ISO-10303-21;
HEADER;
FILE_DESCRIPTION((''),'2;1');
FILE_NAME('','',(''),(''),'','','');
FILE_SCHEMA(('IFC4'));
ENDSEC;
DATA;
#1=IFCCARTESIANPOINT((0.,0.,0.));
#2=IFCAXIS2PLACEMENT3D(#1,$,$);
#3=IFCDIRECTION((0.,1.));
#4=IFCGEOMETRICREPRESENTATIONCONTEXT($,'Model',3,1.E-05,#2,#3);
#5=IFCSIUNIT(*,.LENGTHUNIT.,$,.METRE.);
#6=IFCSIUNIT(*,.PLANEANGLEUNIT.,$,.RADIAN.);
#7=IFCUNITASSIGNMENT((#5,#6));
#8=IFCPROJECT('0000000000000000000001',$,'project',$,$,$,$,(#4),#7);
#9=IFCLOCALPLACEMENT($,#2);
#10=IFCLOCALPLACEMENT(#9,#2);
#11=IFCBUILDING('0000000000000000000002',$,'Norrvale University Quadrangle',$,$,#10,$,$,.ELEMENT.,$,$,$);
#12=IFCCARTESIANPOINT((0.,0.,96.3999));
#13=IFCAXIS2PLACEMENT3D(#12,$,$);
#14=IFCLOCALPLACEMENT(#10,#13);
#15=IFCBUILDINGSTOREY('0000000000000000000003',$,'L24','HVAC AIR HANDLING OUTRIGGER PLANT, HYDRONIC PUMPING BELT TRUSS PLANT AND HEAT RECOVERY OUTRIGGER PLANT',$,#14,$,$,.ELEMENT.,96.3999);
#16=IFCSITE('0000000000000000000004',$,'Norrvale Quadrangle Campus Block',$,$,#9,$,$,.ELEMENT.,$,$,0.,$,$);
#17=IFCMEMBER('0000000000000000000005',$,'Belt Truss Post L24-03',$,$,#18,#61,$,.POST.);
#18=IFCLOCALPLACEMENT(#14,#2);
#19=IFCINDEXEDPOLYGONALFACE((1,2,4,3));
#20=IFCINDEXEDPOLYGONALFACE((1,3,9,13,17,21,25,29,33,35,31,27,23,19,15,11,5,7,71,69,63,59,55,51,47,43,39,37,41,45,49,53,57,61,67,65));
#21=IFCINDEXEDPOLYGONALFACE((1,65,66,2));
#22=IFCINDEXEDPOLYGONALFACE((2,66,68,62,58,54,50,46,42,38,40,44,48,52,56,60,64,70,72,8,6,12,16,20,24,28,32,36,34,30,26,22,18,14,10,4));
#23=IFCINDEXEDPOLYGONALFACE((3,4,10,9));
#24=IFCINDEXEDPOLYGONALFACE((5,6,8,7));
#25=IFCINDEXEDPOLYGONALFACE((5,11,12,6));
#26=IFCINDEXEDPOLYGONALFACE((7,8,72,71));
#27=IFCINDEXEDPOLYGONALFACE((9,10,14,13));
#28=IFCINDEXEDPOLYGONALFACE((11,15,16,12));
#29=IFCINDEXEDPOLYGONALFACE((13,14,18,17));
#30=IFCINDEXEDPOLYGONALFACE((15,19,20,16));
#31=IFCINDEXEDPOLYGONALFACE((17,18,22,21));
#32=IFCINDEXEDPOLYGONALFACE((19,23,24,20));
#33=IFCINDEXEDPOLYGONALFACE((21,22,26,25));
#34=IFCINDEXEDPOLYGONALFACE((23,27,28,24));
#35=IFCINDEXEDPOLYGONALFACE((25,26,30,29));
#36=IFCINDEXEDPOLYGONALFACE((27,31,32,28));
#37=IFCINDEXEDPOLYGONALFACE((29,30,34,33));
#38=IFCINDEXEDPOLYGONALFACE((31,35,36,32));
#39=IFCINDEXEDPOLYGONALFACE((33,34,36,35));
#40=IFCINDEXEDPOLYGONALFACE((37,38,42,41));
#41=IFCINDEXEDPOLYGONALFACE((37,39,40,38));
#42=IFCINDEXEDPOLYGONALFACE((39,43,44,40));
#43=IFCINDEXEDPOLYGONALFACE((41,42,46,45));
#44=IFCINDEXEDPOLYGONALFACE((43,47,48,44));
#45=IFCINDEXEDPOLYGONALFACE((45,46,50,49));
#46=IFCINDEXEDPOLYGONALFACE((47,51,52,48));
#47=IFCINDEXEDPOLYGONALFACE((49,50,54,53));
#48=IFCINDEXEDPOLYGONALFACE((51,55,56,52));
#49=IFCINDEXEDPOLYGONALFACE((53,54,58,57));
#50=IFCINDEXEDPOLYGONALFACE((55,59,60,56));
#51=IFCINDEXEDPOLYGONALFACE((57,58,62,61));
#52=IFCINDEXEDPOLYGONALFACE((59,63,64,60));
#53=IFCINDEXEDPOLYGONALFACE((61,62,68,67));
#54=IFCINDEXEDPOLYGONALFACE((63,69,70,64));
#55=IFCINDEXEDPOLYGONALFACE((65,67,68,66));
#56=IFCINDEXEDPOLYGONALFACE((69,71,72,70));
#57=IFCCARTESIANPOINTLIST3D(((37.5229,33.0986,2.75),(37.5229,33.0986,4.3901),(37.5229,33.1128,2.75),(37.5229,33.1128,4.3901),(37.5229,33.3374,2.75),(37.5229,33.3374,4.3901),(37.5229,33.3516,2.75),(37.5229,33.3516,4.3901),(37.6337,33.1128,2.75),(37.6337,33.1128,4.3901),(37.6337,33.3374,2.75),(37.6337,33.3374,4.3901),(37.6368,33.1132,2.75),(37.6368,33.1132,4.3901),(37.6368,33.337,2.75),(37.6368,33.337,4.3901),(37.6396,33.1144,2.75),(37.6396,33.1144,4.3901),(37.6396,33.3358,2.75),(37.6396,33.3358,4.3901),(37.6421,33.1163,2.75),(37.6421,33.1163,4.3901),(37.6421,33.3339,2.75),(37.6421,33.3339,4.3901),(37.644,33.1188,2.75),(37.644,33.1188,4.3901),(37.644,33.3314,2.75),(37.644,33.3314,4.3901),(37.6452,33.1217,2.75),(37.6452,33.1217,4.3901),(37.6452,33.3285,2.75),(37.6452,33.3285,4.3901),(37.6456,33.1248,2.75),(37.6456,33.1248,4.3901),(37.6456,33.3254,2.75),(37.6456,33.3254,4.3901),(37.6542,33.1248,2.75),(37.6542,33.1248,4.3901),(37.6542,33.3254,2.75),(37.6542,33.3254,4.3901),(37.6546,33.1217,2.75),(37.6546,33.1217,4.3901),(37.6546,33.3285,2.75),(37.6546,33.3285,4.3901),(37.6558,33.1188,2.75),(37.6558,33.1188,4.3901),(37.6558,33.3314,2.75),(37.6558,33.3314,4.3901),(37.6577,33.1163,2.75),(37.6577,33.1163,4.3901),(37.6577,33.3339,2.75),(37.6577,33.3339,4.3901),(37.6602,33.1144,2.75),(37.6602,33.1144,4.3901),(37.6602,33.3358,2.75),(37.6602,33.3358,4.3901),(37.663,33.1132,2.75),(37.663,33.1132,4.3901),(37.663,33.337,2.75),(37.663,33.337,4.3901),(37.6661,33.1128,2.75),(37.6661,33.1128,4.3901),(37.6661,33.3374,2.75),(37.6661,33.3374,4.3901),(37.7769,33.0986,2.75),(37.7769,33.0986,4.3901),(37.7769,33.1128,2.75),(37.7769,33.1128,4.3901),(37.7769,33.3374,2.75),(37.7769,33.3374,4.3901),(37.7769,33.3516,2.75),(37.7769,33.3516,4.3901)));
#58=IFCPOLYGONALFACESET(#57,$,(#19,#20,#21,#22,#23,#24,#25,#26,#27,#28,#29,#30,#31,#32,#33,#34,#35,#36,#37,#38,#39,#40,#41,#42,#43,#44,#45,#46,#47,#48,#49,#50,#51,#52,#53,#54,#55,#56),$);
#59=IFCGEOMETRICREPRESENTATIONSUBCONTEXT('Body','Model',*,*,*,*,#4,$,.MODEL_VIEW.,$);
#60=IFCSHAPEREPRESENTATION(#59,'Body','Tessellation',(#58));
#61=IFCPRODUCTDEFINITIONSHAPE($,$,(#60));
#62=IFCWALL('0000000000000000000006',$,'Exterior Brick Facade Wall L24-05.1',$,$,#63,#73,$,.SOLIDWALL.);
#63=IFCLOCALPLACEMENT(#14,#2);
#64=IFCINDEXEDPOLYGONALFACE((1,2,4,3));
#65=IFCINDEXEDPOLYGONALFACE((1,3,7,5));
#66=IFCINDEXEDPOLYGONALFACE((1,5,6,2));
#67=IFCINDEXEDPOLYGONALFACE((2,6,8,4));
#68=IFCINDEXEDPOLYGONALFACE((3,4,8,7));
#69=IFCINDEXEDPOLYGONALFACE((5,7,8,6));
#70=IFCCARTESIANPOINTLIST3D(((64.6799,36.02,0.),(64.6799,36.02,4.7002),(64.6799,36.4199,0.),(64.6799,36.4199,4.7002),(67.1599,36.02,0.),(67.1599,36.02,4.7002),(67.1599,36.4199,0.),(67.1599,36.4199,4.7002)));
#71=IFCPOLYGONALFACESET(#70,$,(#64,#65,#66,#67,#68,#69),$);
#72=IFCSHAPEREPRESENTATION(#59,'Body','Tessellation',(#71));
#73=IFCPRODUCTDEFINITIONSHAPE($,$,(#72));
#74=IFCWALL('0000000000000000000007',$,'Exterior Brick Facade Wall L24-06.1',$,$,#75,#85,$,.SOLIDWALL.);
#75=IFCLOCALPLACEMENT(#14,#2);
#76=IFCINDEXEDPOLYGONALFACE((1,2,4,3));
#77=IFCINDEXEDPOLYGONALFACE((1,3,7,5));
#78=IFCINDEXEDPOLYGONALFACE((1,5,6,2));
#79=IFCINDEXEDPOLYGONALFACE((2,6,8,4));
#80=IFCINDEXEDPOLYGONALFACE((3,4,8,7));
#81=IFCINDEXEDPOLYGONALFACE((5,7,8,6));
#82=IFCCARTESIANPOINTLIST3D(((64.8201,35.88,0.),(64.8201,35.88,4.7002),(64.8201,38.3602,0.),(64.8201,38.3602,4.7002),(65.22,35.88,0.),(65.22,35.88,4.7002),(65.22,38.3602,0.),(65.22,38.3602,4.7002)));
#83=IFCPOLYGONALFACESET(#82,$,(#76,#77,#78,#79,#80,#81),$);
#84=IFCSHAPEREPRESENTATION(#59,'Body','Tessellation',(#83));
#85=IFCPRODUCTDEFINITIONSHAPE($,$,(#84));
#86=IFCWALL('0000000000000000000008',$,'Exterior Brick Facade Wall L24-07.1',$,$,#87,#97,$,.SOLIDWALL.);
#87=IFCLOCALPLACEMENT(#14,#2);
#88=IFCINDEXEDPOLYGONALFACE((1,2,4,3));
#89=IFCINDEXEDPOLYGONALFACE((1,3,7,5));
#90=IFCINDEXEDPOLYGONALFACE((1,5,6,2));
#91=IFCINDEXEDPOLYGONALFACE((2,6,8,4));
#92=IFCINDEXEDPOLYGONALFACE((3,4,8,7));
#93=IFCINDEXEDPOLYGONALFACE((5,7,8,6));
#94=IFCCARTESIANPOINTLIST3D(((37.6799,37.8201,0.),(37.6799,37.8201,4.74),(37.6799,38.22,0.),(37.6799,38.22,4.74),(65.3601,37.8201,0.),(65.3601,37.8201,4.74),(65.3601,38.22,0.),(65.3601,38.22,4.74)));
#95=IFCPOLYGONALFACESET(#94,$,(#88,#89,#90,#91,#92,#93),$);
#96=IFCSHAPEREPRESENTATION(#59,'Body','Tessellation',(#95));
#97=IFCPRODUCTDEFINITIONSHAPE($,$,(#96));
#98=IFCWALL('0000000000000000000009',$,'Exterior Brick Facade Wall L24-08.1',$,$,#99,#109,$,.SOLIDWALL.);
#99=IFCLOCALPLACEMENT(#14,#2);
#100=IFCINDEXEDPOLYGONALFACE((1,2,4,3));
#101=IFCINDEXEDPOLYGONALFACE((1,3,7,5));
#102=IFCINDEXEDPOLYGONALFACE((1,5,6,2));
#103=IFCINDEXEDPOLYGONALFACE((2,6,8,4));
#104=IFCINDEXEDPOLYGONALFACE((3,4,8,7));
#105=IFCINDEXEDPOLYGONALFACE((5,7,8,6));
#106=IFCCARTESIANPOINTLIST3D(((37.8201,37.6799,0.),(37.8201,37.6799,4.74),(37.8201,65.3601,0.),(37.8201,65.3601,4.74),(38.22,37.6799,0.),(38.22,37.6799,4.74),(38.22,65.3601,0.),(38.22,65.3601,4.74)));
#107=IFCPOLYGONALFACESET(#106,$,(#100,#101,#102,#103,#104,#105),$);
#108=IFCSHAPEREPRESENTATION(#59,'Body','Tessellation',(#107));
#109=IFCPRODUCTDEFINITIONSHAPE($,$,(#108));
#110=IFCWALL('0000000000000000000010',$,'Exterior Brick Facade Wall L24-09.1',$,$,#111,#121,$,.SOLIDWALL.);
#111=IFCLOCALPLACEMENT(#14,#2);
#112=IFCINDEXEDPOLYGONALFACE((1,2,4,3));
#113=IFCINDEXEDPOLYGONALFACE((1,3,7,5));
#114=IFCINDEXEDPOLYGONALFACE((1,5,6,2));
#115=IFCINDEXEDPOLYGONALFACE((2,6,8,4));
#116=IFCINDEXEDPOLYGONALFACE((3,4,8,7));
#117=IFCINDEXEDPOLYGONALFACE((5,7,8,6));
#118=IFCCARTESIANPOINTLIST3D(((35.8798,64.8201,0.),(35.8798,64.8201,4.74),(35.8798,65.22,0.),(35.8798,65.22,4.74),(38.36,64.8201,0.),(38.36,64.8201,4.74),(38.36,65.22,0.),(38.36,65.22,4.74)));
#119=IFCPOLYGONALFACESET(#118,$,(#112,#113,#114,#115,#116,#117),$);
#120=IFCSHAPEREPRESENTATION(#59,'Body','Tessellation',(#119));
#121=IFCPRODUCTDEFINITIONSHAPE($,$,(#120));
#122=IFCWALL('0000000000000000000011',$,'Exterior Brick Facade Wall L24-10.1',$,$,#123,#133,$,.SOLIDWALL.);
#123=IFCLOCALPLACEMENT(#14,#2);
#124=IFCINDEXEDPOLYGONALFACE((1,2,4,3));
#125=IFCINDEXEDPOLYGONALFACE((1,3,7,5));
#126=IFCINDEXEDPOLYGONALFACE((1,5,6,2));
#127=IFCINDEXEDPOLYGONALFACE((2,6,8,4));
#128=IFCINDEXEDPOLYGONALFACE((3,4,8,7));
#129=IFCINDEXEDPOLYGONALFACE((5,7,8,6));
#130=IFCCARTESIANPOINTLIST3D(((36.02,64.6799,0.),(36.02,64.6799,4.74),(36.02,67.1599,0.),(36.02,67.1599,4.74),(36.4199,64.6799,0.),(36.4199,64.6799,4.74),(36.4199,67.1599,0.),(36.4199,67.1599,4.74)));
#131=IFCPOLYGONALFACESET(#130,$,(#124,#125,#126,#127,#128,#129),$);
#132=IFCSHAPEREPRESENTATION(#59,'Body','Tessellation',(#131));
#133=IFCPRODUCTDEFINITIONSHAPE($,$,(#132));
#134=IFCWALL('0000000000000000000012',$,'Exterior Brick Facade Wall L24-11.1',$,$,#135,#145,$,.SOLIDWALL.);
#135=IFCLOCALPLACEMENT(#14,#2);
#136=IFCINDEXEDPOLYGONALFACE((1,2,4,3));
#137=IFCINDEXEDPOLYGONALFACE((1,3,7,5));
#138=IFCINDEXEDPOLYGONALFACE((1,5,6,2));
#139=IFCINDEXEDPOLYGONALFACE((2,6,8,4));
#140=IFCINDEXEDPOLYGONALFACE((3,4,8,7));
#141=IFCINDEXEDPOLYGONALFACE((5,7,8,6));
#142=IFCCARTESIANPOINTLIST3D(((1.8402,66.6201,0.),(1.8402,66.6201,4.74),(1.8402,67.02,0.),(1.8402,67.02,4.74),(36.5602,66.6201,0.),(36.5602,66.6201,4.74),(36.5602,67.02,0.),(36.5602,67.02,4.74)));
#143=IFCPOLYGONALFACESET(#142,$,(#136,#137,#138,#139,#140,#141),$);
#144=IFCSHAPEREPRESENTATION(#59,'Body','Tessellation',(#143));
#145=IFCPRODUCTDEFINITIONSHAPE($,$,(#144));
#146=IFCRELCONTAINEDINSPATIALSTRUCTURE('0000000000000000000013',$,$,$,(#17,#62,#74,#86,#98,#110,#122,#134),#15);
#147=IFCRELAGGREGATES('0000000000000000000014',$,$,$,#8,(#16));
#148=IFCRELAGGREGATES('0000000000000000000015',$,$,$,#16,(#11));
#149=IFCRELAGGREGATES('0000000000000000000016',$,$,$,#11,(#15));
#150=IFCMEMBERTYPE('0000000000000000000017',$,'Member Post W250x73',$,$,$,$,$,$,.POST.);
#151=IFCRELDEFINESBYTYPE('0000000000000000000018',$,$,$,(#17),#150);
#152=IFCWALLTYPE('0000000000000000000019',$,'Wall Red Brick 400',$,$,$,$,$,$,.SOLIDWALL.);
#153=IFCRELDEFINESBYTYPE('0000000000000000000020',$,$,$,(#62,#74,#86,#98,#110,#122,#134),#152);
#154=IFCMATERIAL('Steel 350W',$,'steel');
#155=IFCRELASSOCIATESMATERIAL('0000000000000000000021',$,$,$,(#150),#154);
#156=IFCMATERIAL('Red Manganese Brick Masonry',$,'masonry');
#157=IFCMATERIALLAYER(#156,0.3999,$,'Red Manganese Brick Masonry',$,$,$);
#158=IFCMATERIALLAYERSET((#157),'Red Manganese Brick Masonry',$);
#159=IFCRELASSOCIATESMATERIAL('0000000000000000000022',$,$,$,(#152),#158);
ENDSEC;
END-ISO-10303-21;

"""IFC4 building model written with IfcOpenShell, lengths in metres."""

from ifc_helpers import new_model, si_unit, direction, frame, frame_2d, origin, origin_2d, place, context, subcontext, project, spatial, rectangle, i_section, extrude, material, layer, layer_set, material_profile, profile_set, type_object, element, save


model = new_model("IFC4")

# Units and contexts
model_context = context("Model", 3, precision=1e-05, world=origin(), true_north=direction((0.0, 1.0)))
body_context = subcontext(model_context, "Body", "Model", "MODEL_VIEW")
ifc_project = project(units=[si_unit("LENGTHUNIT", "METRE"), si_unit("PLANEANGLEUNIT", "RADIAN")], contexts=[model_context])

# Site, building, storey
site_placement = place(None, origin())
site = spatial("IfcSite", under=ifc_project, at=site_placement, Name="Norrvale Quadrangle Campus Block", CompositionType="ELEMENT", RefElevation=0.0)
building_placement = place(site_placement, origin())
building = spatial("IfcBuilding", under=site, at=building_placement, Name="Norrvale University Quadrangle", CompositionType="ELEMENT")
storey_placement = place(building_placement, frame((0.0, 0.0, 96.3999)))
storey = spatial("IfcBuildingStorey", under=building, at=storey_placement, Name="L24", Description="HVAC AIR HANDLING OUTRIGGER PLANT, HYDRONIC PUMPING BELT TRUSS PLANT AND HEAT RECOVERY OUTRIGGER PLANT", CompositionType="ELEMENT", Elevation=96.3999)

# Shared definitions
ifc_material_1 = material(Name="Steel 350W", Category="steel")

# Member
ifc_material_profile_1 = material_profile(ifc_material_1, i_section(OverallWidth=0.2539, OverallDepth=0.2529, WebThickness=0.0085, FlangeThickness=0.0142, FilletRadius=0.012, at=origin_2d()), Name="Steel 350W")
ifc_profile_set_1 = profile_set([ifc_material_profile_1], Name="Steel 350W")
member_type_1 = type_object("IfcMemberType", Name="Member Post W250x73", PredefinedType="POST", material=ifc_profile_set_1)
member_1_placement = place(storey_placement, frame((37.6499, 33.2251, 2.75), z_axis=(0.0, 0.0, 1.0), x_axis=(1.0, 0.0, 0.0)))
element("IfcMember", 1, at=member_1_placement, inside=storey, type_object=member_type_1, Name="Belt Truss Post L24-03", PredefinedType="POST", context=body_context, shape_type="SweptSolid", body=[
    extrude(i_section(OverallWidth=0.2539, OverallDepth=0.2529, WebThickness=0.0085, FlangeThickness=0.0142, FilletRadius=0.012, at=origin_2d()), origin(), (0.0, 0.0, 1.0), 1.6401),
])

# Walls
ifc_material_2 = material(Name="Red Manganese Brick Masonry", Category="masonry")
ifc_layer = layer(ifc_material_2, 0.3999, Name="Red Manganese Brick Masonry")
ifc_layer_set = layer_set([ifc_layer], Name="Red Manganese Brick Masonry")
wall_type = type_object("IfcWallType", Name="Wall Red Brick 400", PredefinedType="SOLIDWALL", material=ifc_layer_set)
wall_1_placement = place(storey_placement, frame((67.1599, 36.22, 0.0), z_axis=(0.0, 0.0, 1.0), x_axis=(-1.0, 0.0, 0.0)))
element("IfcWall", 2, at=wall_1_placement, inside=storey, type_object=wall_type, Name="Exterior Brick Facade Wall L24-05.1", PredefinedType="SOLIDWALL", context=body_context, shape_type="SweptSolid", body=[
    extrude(rectangle(XDim=2.48, YDim=0.3999, at=frame_2d((1.24, 0.0))), origin(), (0.0, 0.0, 1.0), 4.7002),
])
wall_2_placement = place(storey_placement, frame((65.02, 35.8799, 0.0), z_axis=(0.0, 0.0, 1.0), x_axis=(0.0, 1.0, 0.0)))
element("IfcWall", 3, at=wall_2_placement, inside=storey, type_object=wall_type, Name="Exterior Brick Facade Wall L24-06.1", PredefinedType="SOLIDWALL", context=body_context, shape_type="SweptSolid", body=[
    extrude(rectangle(XDim=2.4802, YDim=0.3999, at=frame_2d((1.2402, 0.0))), origin(), (0.0, 0.0, 1.0), 4.7002),
])
for number, where, z_axis, x_axis, name in (
    (4, (65.3601, 38.02, 0.0), (0.0, 0.0, 1.0), (-1.0, 0.0, 0.0), "Exterior Brick Facade Wall L24-07.1"),
    (5, (38.02, 37.6799, 0.0), (0.0, 0.0, 1.0), (0.0, 1.0, 0.0), "Exterior Brick Facade Wall L24-08.1"),
):
    element("IfcWall", number, at=place(storey_placement, frame(where, z_axis=z_axis, x_axis=x_axis)), inside=storey, type_object=wall_type, Name=name, PredefinedType="SOLIDWALL", context=body_context, shape_type="SweptSolid", body=[
        extrude(rectangle(XDim=27.6802, YDim=0.3999, at=frame_2d((13.8401, 0.0))), origin(), (0.0, 0.0, 1.0), 4.74),
    ])
wall_3_placement = place(storey_placement, frame((38.3601, 65.02, 0.0), z_axis=(0.0, 0.0, 1.0), x_axis=(-1.0, 0.0, 0.0)))
element("IfcWall", 6, at=wall_3_placement, inside=storey, type_object=wall_type, Name="Exterior Brick Facade Wall L24-09.1", PredefinedType="SOLIDWALL", context=body_context, shape_type="SweptSolid", body=[
    extrude(rectangle(XDim=2.4802, YDim=0.3999, at=frame_2d((1.2402, 0.0))), origin(), (0.0, 0.0, 1.0), 4.74),
])
wall_4_placement = place(storey_placement, frame((36.22, 64.6799, 0.0), z_axis=(0.0, 0.0, 1.0), x_axis=(0.0, 1.0, 0.0)))
element("IfcWall", 7, at=wall_4_placement, inside=storey, type_object=wall_type, Name="Exterior Brick Facade Wall L24-10.1", PredefinedType="SOLIDWALL", context=body_context, shape_type="SweptSolid", body=[
    extrude(rectangle(XDim=2.48, YDim=0.3999, at=frame_2d((1.24, 0.0))), origin(), (0.0, 0.0, 1.0), 4.74),
])
wall_5_placement = place(storey_placement, frame((36.5601, 66.8201, 0.0), z_axis=(0.0, 0.0, 1.0), x_axis=(-1.0, 0.0, 0.0)))
element("IfcWall", 8, at=wall_5_placement, inside=storey, type_object=wall_type, Name="Exterior Brick Facade Wall L24-11.1", PredefinedType="SOLIDWALL", context=body_context, shape_type="SweptSolid", body=[
    extrude(rectangle(XDim=34.72, YDim=0.3999, at=frame_2d((17.3599, 0.0))), origin(), (0.0, 0.0, 1.0), 4.74),
])

save(model, "model.ifc")
